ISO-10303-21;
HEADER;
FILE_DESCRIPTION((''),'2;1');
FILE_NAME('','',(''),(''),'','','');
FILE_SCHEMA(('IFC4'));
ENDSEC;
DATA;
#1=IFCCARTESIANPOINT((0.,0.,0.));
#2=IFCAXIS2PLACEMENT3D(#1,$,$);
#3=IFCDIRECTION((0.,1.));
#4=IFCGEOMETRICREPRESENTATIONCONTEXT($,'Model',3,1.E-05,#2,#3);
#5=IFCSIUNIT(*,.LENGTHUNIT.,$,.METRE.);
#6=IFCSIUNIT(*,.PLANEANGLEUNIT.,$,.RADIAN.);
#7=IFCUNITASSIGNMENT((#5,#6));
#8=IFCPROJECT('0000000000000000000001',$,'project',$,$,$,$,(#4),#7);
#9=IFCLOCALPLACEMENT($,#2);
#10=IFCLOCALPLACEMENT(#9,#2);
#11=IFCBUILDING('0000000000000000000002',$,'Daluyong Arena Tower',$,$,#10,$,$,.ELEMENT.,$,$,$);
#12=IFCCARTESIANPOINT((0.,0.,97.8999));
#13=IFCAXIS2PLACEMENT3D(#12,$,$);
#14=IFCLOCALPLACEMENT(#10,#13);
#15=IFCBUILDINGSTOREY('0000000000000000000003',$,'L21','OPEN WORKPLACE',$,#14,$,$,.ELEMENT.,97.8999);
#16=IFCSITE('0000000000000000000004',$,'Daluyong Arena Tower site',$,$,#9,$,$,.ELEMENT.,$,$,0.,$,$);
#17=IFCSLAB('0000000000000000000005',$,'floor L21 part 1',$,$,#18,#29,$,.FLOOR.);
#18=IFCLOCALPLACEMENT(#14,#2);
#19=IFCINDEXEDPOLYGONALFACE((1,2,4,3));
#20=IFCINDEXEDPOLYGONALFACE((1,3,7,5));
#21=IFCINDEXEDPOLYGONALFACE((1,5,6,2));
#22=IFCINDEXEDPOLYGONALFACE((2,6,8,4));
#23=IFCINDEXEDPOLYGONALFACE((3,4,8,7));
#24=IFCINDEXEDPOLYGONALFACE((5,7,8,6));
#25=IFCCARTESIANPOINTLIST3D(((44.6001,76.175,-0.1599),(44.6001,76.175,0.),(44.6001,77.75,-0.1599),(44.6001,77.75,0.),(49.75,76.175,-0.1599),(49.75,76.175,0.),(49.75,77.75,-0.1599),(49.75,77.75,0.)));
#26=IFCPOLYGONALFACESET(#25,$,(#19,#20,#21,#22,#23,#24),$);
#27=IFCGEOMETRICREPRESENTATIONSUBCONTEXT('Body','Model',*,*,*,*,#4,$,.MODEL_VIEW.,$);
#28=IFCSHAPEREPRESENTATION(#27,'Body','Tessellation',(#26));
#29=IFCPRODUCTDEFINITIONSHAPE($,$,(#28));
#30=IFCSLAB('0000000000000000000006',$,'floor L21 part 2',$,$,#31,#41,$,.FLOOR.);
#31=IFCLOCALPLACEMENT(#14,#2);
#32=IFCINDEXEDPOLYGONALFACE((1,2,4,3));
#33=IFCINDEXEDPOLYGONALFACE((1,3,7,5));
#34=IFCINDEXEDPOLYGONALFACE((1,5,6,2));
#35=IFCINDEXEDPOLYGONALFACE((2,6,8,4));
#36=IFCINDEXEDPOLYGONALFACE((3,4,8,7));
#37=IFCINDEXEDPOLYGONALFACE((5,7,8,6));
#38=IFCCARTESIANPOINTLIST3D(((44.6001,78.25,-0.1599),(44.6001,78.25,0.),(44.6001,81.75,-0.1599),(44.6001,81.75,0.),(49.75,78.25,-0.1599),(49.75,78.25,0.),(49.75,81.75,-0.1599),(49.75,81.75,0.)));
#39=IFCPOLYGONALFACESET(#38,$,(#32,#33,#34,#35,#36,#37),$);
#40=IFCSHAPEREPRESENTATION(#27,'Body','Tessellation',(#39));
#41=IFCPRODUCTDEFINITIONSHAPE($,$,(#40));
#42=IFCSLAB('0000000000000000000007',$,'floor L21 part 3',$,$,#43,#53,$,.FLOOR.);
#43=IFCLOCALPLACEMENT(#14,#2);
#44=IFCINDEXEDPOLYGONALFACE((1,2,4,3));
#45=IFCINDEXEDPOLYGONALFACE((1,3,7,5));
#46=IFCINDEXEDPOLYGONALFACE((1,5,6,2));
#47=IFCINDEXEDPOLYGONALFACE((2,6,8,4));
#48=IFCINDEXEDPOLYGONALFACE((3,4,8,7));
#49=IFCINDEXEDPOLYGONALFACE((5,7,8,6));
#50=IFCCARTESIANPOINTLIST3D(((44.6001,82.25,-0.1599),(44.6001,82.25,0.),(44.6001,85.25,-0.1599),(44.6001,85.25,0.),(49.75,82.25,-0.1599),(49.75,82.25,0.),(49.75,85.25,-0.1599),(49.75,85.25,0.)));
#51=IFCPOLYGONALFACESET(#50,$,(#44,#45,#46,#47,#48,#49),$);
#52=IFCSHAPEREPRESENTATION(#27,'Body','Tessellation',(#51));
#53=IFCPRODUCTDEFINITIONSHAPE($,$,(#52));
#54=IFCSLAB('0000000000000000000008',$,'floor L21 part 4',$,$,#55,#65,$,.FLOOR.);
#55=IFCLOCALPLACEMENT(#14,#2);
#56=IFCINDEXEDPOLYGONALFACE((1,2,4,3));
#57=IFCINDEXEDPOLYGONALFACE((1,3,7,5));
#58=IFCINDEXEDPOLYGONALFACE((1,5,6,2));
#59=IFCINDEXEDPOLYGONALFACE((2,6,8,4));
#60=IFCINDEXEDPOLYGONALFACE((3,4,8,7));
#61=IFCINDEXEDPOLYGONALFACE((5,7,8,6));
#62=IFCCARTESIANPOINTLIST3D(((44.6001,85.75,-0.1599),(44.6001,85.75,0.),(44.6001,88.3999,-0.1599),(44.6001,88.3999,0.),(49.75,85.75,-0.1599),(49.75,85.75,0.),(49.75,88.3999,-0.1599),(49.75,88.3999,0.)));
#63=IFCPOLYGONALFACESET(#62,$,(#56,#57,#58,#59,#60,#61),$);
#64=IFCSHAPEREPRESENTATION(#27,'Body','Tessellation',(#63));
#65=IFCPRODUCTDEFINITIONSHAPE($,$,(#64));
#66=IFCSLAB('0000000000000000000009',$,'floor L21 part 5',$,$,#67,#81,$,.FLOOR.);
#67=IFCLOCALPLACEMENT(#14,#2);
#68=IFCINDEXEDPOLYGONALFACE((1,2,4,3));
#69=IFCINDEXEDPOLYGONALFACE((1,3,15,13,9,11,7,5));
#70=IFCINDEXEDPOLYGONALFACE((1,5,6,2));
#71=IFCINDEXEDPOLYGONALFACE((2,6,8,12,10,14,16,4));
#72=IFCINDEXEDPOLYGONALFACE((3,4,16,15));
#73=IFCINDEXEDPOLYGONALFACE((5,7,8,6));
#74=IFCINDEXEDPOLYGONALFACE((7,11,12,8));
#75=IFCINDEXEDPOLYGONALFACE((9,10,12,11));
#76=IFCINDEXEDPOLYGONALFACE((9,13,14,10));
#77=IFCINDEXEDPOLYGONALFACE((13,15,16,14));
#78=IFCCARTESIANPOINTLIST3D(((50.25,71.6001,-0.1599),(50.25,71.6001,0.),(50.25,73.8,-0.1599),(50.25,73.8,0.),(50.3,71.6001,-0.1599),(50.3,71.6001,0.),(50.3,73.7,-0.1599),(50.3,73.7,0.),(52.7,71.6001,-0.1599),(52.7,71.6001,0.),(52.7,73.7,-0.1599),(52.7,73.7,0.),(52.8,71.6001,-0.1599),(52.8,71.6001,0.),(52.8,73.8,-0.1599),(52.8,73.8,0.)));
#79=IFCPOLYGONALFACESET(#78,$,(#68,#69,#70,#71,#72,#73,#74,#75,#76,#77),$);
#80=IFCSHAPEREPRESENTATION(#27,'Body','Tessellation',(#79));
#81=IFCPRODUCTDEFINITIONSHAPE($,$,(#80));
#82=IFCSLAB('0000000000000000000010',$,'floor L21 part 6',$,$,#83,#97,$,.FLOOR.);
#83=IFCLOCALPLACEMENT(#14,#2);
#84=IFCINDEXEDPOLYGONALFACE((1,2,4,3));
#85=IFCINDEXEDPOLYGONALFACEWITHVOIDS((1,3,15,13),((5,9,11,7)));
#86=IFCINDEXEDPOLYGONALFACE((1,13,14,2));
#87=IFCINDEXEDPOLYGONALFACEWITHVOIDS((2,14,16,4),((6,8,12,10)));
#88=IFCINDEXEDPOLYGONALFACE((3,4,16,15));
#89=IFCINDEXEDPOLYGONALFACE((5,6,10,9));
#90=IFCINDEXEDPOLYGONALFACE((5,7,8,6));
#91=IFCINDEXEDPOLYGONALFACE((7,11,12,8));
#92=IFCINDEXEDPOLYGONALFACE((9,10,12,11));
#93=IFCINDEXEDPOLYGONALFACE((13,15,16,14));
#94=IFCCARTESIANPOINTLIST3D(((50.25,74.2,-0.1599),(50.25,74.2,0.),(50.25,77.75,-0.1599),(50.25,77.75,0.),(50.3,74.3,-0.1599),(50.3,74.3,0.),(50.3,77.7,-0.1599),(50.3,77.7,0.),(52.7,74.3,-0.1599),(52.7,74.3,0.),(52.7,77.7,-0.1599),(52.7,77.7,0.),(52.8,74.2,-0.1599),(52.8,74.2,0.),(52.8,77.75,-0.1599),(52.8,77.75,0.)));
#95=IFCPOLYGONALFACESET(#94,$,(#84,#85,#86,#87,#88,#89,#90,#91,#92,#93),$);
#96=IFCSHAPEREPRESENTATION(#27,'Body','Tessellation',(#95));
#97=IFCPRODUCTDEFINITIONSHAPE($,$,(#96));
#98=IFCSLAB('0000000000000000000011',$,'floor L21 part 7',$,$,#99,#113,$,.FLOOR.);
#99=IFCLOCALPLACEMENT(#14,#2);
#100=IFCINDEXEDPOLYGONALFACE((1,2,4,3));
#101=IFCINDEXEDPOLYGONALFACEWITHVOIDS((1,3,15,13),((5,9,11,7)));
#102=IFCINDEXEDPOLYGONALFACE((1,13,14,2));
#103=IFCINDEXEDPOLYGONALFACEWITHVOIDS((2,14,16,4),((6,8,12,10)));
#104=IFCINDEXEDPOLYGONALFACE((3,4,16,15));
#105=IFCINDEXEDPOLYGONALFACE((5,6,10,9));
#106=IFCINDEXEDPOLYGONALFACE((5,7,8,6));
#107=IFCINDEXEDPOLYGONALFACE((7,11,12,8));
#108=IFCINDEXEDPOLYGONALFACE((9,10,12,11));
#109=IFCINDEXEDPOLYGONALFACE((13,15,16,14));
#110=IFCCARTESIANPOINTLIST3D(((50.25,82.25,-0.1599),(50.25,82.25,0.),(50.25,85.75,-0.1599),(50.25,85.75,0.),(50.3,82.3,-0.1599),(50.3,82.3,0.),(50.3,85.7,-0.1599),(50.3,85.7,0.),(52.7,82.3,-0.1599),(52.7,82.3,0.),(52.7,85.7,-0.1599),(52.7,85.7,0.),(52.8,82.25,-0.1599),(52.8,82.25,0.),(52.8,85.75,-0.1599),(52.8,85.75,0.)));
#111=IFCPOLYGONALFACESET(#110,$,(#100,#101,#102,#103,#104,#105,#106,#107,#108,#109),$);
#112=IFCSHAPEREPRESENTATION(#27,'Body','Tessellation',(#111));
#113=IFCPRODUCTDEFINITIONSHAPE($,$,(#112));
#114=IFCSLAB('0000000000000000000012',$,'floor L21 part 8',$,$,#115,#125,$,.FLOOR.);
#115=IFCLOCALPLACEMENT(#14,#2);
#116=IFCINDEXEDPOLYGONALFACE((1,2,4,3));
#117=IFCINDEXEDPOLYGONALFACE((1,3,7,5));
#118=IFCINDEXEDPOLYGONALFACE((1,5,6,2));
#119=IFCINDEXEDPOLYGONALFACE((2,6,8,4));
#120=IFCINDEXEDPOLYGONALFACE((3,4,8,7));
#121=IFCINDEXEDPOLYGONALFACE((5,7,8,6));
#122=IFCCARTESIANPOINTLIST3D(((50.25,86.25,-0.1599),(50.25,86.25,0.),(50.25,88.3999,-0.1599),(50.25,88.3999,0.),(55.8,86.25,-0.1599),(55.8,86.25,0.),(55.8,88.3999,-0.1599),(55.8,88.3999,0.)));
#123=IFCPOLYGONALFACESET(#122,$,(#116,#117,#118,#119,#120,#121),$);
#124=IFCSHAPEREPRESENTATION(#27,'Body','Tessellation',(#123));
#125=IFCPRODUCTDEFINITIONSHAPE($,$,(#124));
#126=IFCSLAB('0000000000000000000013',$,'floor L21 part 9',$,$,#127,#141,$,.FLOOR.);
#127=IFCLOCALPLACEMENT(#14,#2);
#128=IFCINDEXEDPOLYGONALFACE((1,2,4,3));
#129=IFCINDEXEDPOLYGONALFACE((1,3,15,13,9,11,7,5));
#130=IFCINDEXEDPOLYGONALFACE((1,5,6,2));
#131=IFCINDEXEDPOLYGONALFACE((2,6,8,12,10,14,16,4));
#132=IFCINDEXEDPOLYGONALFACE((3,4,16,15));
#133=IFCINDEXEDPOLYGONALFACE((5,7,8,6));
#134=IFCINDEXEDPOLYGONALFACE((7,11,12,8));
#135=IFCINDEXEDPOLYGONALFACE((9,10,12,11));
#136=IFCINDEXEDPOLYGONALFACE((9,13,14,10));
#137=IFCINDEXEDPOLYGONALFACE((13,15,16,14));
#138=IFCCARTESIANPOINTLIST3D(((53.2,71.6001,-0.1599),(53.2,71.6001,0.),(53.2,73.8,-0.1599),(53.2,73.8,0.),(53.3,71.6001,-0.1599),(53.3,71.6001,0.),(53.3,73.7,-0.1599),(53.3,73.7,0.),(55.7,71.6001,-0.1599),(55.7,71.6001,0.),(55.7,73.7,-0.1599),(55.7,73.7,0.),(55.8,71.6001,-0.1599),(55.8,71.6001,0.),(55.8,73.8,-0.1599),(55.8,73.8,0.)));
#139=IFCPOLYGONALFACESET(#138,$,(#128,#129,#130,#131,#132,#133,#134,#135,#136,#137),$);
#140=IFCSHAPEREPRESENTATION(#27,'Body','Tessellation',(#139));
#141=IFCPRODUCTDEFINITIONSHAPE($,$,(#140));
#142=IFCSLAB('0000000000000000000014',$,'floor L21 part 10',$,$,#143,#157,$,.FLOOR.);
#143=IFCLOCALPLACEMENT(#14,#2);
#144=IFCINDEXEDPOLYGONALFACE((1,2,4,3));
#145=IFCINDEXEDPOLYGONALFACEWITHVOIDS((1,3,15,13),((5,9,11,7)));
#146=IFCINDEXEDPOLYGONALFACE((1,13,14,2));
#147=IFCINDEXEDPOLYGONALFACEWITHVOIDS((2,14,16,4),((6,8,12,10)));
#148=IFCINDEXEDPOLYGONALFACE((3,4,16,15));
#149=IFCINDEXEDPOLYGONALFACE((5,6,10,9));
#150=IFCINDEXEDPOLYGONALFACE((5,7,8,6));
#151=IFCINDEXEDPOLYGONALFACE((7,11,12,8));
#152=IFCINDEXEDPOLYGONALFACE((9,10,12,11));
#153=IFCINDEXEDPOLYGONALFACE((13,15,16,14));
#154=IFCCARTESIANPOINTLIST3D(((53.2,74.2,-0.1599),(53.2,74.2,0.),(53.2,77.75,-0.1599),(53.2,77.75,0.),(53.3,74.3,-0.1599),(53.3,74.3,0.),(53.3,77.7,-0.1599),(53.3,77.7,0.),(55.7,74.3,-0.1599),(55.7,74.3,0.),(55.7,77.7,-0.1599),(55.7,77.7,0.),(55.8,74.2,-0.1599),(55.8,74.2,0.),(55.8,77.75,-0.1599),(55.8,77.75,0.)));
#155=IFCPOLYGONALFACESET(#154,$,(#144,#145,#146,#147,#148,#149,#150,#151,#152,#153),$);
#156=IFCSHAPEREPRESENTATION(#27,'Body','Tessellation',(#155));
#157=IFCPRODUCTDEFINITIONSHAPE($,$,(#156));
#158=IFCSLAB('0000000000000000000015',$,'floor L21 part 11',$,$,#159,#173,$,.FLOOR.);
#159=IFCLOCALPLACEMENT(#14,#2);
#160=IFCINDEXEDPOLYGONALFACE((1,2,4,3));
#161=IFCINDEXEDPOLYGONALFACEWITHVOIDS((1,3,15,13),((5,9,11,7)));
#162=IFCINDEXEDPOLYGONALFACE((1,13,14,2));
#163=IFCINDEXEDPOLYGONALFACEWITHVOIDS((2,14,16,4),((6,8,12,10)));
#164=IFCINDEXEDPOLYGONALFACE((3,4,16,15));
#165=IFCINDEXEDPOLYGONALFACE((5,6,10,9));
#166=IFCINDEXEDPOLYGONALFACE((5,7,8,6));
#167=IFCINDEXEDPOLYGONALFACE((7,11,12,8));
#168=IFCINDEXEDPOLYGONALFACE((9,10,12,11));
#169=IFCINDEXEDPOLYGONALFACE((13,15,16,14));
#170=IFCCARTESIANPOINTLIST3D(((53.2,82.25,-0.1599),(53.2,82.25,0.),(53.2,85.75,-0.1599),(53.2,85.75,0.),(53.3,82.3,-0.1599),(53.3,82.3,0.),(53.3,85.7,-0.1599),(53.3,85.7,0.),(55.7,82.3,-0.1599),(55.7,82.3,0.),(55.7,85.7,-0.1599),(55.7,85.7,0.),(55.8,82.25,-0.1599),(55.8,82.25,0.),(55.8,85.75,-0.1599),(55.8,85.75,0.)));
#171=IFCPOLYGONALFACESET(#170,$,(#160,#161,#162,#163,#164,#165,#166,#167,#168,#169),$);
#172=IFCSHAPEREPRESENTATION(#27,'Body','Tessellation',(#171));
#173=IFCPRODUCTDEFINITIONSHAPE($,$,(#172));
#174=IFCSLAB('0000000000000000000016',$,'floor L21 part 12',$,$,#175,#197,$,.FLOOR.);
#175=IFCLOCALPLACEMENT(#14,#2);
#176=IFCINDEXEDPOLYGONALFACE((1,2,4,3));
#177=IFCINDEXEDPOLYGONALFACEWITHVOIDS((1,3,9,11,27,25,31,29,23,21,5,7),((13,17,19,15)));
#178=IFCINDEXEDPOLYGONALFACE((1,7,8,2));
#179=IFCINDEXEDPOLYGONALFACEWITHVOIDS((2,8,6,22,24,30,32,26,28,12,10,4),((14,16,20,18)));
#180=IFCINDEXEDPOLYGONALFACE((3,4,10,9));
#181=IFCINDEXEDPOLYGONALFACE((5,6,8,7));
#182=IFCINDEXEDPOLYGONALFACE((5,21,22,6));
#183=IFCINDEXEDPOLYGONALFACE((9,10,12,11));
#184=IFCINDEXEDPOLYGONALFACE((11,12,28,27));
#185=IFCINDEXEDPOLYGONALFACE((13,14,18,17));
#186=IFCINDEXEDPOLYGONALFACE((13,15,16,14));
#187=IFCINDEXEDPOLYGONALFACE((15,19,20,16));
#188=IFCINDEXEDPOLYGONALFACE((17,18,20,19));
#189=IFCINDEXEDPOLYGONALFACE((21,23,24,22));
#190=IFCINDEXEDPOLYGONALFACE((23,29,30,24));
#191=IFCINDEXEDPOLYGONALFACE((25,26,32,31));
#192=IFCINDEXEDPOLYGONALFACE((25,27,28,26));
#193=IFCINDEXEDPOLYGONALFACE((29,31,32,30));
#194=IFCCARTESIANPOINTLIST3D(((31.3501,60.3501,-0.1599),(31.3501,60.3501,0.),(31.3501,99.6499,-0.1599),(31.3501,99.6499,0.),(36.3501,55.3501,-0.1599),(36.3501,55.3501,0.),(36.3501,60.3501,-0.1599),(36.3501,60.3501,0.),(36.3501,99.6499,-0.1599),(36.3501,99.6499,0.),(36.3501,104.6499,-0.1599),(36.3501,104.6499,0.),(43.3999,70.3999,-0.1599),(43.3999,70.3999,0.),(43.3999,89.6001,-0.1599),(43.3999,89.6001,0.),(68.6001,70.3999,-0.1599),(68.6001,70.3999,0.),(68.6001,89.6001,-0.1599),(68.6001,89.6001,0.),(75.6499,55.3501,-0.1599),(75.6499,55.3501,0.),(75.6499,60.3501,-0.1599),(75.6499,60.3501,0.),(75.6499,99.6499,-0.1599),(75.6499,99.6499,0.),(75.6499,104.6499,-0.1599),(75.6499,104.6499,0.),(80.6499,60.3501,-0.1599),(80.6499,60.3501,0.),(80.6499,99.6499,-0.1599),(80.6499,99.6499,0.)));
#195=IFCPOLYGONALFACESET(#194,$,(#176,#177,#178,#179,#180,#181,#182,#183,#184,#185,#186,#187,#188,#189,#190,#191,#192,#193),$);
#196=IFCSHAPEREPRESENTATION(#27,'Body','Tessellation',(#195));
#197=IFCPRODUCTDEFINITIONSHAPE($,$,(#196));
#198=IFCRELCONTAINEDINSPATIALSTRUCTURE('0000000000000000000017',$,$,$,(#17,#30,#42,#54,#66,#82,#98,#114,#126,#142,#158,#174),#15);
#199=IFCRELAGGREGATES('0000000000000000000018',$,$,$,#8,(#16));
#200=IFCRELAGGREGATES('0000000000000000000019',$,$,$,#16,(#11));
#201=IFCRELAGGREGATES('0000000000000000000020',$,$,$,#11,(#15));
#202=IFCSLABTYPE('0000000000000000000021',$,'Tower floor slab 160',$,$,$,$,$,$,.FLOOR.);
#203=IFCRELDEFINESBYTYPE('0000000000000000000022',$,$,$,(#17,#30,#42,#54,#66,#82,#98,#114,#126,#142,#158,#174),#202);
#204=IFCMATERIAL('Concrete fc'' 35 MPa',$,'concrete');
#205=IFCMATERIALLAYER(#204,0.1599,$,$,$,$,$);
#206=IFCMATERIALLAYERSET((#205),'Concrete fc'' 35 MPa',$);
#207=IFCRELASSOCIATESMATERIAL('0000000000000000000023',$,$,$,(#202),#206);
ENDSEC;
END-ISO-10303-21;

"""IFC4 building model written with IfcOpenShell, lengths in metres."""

from ifc_helpers import new_model, si_unit, direction, frame, origin, place, context, subcontext, project, spatial, polyline, outline, extrude, material, layer, layer_set, type_object, element, save


model = new_model("IFC4")

# Units and contexts
model_context = context("Model", 3, precision=1e-05, world=origin(), true_north=direction((0.0, 1.0)))
body_context = subcontext(model_context, "Body", "Model", "MODEL_VIEW")
ifc_project = project(units=[si_unit("LENGTHUNIT", "METRE"), si_unit("PLANEANGLEUNIT", "RADIAN")], contexts=[model_context])

# Site, building, storey
site_placement = place(None, origin())
site = spatial("IfcSite", under=ifc_project, at=site_placement, Name="Daluyong Arena Tower site", CompositionType="ELEMENT", RefElevation=0.0)
building_placement = place(site_placement, origin())
building = spatial("IfcBuilding", under=site, at=building_placement, Name="Daluyong Arena Tower", CompositionType="ELEMENT")
storey_placement = place(building_placement, frame((0.0, 0.0, 97.8999)))
storey = spatial("IfcBuildingStorey", under=building, at=storey_placement, Name="L21", Description="OPEN WORKPLACE", CompositionType="ELEMENT", Elevation=97.8999)

# Slabs
ifc_material_1 = material(Name="Concrete fc' 35 MPa", Category="concrete")
ifc_layer_1 = layer(ifc_material_1, 0.1599)
ifc_layer_set_1 = layer_set([ifc_layer_1], Name="Concrete fc' 35 MPa")
slab_type = type_object("IfcSlabType", Name="Tower floor slab 160", PredefinedType="FLOOR", material=ifc_layer_set_1)
slab_1_placement = place(storey_placement, frame((0.0, 0.0, -0.1599)))
element("IfcSlab", 1, at=slab_1_placement, inside=storey, type_object=slab_type, Name="floor L21 part 1", PredefinedType="FLOOR", context=body_context, shape_type="SweptSolid", body=[
    extrude(outline(polyline([(49.75, 76.175), (49.75, 77.75), (44.6001, 77.75), (44.6001, 76.175), (49.75, 76.175)])), origin(), (0.0, 0.0, 1.0), 0.1599),
])
slab_2_placement = place(storey_placement, frame((0.0, 0.0, -0.1599)))
element("IfcSlab", 2, at=slab_2_placement, inside=storey, type_object=slab_type, Name="floor L21 part 2", PredefinedType="FLOOR", context=body_context, shape_type="SweptSolid", body=[
    extrude(outline(polyline([(49.75, 78.25), (49.75, 81.75), (44.6001, 81.75), (44.6001, 78.25), (49.75, 78.25)])), origin(), (0.0, 0.0, 1.0), 0.1599),
])
slab_3_placement = place(storey_placement, frame((0.0, 0.0, -0.1599)))
element("IfcSlab", 3, at=slab_3_placement, inside=storey, type_object=slab_type, Name="floor L21 part 3", PredefinedType="FLOOR", context=body_context, shape_type="SweptSolid", body=[
    extrude(outline(polyline([(49.75, 82.25), (49.75, 85.25), (44.6001, 85.25), (44.6001, 82.25), (49.75, 82.25)])), origin(), (0.0, 0.0, 1.0), 0.1599),
])
slab_4_placement = place(storey_placement, frame((0.0, 0.0, -0.1599)))
element("IfcSlab", 4, at=slab_4_placement, inside=storey, type_object=slab_type, Name="floor L21 part 4", PredefinedType="FLOOR", context=body_context, shape_type="SweptSolid", body=[
    extrude(outline(polyline([(44.6001, 88.3999), (44.6001, 85.75), (49.75, 85.75), (49.75, 88.3999), (44.6001, 88.3999)])), origin(), (0.0, 0.0, 1.0), 0.1599),
])
slab_5_placement = place(storey_placement, frame((0.0, 0.0, -0.1599)))
element("IfcSlab", 5, at=slab_5_placement, inside=storey, type_object=slab_type, Name="floor L21 part 5", PredefinedType="FLOOR", context=body_context, shape_type="SweptSolid", body=[
    extrude(outline(polyline([(52.7, 73.7), (52.7, 71.6001), (52.8, 71.6001), (52.8, 73.8), (50.25, 73.8), (50.25, 71.6001), (50.3, 71.6001), (50.3, 73.7), (52.7, 73.7)])), origin(), (0.0, 0.0, 1.0), 0.1599),
])
slab_6_placement = place(storey_placement, frame((0.0, 0.0, -0.1599)))
element("IfcSlab", 6, at=slab_6_placement, inside=storey, type_object=slab_type, Name="floor L21 part 6", PredefinedType="FLOOR", context=body_context, shape_type="SweptSolid", body=[
    extrude(outline(polyline([(50.25, 77.75), (50.25, 74.2), (52.8, 74.2), (52.8, 77.75), (50.25, 77.75)]), holes=[polyline([(52.7, 77.7), (52.7, 74.3), (50.3, 74.3), (50.3, 77.7), (52.7, 77.7)])]), origin(), (0.0, 0.0, 1.0), 0.1599),
])
slab_7_placement = place(storey_placement, frame((0.0, 0.0, -0.1599)))
element("IfcSlab", 7, at=slab_7_placement, inside=storey, type_object=slab_type, Name="floor L21 part 7", PredefinedType="FLOOR", context=body_context, shape_type="SweptSolid", body=[
    extrude(outline(polyline([(50.25, 85.75), (50.25, 82.25), (52.8, 82.25), (52.8, 85.75), (50.25, 85.75)]), holes=[polyline([(52.7, 85.7), (52.7, 82.3), (50.3, 82.3), (50.3, 85.7), (52.7, 85.7)])]), origin(), (0.0, 0.0, 1.0), 0.1599),
])
slab_8_placement = place(storey_placement, frame((0.0, 0.0, -0.1599)))
element("IfcSlab", 8, at=slab_8_placement, inside=storey, type_object=slab_type, Name="floor L21 part 8", PredefinedType="FLOOR", context=body_context, shape_type="SweptSolid", body=[
    extrude(outline(polyline([(50.25, 88.3999), (50.25, 86.25), (55.8, 86.25), (55.8, 88.3999), (50.25, 88.3999)])), origin(), (0.0, 0.0, 1.0), 0.1599),
])
slab_9_placement = place(storey_placement, frame((0.0, 0.0, -0.1599)))
element("IfcSlab", 9, at=slab_9_placement, inside=storey, type_object=slab_type, Name="floor L21 part 9", PredefinedType="FLOOR", context=body_context, shape_type="SweptSolid", body=[
    extrude(outline(polyline([(55.7, 73.7), (55.7, 71.6001), (55.8, 71.6001), (55.8, 73.8), (53.2, 73.8), (53.2, 71.6001), (53.3, 71.6001), (53.3, 73.7), (55.7, 73.7)])), origin(), (0.0, 0.0, 1.0), 0.1599),
])
slab_10_placement = place(storey_placement, frame((0.0, 0.0, -0.1599)))
element("IfcSlab", 10, at=slab_10_placement, inside=storey, type_object=slab_type, Name="floor L21 part 10", PredefinedType="FLOOR", context=body_context, shape_type="SweptSolid", body=[
    extrude(outline(polyline([(53.2, 77.75), (53.2, 74.2), (55.8, 74.2), (55.8, 77.75), (53.2, 77.75)]), holes=[polyline([(55.7, 77.7), (55.7, 74.3), (53.3, 74.3), (53.3, 77.7), (55.7, 77.7)])]), origin(), (0.0, 0.0, 1.0), 0.1599),
])
slab_11_placement = place(storey_placement, frame((0.0, 0.0, -0.1599)))
element("IfcSlab", 11, at=slab_11_placement, inside=storey, type_object=slab_type, Name="floor L21 part 11", PredefinedType="FLOOR", context=body_context, shape_type="SweptSolid", body=[
    extrude(outline(polyline([(53.2, 85.75), (53.2, 82.25), (55.8, 82.25), (55.8, 85.75), (53.2, 85.75)]), holes=[polyline([(55.7, 85.7), (55.7, 82.3), (53.3, 82.3), (53.3, 85.7), (55.7, 85.7)])]), origin(), (0.0, 0.0, 1.0), 0.1599),
])
slab_12_placement = place(storey_placement, frame((0.0, 0.0, -0.1599)))
element("IfcSlab", 12, at=slab_12_placement, inside=storey, type_object=slab_type, Name="floor L21 part 12", PredefinedType="FLOOR", context=body_context, shape_type="SweptSolid", body=[
    extrude(outline(polyline([(36.3501, 60.3501), (36.3501, 55.3501), (75.6499, 55.3501), (75.6499, 60.3501), (80.6499, 60.3501), (80.6499, 99.6499), (75.6499, 99.6499), (75.6499, 104.6499), (36.3501, 104.6499), (36.3501, 99.6499), (31.3501, 99.6499), (31.3501, 60.3501), (36.3501, 60.3501)]), holes=[polyline([(68.6001, 89.6001), (68.6001, 70.3999), (43.3999, 70.3999), (43.3999, 89.6001), (68.6001, 89.6001)])]), origin(), (0.0, 0.0, 1.0), 0.1599),
])

save(model, "model.ifc")
